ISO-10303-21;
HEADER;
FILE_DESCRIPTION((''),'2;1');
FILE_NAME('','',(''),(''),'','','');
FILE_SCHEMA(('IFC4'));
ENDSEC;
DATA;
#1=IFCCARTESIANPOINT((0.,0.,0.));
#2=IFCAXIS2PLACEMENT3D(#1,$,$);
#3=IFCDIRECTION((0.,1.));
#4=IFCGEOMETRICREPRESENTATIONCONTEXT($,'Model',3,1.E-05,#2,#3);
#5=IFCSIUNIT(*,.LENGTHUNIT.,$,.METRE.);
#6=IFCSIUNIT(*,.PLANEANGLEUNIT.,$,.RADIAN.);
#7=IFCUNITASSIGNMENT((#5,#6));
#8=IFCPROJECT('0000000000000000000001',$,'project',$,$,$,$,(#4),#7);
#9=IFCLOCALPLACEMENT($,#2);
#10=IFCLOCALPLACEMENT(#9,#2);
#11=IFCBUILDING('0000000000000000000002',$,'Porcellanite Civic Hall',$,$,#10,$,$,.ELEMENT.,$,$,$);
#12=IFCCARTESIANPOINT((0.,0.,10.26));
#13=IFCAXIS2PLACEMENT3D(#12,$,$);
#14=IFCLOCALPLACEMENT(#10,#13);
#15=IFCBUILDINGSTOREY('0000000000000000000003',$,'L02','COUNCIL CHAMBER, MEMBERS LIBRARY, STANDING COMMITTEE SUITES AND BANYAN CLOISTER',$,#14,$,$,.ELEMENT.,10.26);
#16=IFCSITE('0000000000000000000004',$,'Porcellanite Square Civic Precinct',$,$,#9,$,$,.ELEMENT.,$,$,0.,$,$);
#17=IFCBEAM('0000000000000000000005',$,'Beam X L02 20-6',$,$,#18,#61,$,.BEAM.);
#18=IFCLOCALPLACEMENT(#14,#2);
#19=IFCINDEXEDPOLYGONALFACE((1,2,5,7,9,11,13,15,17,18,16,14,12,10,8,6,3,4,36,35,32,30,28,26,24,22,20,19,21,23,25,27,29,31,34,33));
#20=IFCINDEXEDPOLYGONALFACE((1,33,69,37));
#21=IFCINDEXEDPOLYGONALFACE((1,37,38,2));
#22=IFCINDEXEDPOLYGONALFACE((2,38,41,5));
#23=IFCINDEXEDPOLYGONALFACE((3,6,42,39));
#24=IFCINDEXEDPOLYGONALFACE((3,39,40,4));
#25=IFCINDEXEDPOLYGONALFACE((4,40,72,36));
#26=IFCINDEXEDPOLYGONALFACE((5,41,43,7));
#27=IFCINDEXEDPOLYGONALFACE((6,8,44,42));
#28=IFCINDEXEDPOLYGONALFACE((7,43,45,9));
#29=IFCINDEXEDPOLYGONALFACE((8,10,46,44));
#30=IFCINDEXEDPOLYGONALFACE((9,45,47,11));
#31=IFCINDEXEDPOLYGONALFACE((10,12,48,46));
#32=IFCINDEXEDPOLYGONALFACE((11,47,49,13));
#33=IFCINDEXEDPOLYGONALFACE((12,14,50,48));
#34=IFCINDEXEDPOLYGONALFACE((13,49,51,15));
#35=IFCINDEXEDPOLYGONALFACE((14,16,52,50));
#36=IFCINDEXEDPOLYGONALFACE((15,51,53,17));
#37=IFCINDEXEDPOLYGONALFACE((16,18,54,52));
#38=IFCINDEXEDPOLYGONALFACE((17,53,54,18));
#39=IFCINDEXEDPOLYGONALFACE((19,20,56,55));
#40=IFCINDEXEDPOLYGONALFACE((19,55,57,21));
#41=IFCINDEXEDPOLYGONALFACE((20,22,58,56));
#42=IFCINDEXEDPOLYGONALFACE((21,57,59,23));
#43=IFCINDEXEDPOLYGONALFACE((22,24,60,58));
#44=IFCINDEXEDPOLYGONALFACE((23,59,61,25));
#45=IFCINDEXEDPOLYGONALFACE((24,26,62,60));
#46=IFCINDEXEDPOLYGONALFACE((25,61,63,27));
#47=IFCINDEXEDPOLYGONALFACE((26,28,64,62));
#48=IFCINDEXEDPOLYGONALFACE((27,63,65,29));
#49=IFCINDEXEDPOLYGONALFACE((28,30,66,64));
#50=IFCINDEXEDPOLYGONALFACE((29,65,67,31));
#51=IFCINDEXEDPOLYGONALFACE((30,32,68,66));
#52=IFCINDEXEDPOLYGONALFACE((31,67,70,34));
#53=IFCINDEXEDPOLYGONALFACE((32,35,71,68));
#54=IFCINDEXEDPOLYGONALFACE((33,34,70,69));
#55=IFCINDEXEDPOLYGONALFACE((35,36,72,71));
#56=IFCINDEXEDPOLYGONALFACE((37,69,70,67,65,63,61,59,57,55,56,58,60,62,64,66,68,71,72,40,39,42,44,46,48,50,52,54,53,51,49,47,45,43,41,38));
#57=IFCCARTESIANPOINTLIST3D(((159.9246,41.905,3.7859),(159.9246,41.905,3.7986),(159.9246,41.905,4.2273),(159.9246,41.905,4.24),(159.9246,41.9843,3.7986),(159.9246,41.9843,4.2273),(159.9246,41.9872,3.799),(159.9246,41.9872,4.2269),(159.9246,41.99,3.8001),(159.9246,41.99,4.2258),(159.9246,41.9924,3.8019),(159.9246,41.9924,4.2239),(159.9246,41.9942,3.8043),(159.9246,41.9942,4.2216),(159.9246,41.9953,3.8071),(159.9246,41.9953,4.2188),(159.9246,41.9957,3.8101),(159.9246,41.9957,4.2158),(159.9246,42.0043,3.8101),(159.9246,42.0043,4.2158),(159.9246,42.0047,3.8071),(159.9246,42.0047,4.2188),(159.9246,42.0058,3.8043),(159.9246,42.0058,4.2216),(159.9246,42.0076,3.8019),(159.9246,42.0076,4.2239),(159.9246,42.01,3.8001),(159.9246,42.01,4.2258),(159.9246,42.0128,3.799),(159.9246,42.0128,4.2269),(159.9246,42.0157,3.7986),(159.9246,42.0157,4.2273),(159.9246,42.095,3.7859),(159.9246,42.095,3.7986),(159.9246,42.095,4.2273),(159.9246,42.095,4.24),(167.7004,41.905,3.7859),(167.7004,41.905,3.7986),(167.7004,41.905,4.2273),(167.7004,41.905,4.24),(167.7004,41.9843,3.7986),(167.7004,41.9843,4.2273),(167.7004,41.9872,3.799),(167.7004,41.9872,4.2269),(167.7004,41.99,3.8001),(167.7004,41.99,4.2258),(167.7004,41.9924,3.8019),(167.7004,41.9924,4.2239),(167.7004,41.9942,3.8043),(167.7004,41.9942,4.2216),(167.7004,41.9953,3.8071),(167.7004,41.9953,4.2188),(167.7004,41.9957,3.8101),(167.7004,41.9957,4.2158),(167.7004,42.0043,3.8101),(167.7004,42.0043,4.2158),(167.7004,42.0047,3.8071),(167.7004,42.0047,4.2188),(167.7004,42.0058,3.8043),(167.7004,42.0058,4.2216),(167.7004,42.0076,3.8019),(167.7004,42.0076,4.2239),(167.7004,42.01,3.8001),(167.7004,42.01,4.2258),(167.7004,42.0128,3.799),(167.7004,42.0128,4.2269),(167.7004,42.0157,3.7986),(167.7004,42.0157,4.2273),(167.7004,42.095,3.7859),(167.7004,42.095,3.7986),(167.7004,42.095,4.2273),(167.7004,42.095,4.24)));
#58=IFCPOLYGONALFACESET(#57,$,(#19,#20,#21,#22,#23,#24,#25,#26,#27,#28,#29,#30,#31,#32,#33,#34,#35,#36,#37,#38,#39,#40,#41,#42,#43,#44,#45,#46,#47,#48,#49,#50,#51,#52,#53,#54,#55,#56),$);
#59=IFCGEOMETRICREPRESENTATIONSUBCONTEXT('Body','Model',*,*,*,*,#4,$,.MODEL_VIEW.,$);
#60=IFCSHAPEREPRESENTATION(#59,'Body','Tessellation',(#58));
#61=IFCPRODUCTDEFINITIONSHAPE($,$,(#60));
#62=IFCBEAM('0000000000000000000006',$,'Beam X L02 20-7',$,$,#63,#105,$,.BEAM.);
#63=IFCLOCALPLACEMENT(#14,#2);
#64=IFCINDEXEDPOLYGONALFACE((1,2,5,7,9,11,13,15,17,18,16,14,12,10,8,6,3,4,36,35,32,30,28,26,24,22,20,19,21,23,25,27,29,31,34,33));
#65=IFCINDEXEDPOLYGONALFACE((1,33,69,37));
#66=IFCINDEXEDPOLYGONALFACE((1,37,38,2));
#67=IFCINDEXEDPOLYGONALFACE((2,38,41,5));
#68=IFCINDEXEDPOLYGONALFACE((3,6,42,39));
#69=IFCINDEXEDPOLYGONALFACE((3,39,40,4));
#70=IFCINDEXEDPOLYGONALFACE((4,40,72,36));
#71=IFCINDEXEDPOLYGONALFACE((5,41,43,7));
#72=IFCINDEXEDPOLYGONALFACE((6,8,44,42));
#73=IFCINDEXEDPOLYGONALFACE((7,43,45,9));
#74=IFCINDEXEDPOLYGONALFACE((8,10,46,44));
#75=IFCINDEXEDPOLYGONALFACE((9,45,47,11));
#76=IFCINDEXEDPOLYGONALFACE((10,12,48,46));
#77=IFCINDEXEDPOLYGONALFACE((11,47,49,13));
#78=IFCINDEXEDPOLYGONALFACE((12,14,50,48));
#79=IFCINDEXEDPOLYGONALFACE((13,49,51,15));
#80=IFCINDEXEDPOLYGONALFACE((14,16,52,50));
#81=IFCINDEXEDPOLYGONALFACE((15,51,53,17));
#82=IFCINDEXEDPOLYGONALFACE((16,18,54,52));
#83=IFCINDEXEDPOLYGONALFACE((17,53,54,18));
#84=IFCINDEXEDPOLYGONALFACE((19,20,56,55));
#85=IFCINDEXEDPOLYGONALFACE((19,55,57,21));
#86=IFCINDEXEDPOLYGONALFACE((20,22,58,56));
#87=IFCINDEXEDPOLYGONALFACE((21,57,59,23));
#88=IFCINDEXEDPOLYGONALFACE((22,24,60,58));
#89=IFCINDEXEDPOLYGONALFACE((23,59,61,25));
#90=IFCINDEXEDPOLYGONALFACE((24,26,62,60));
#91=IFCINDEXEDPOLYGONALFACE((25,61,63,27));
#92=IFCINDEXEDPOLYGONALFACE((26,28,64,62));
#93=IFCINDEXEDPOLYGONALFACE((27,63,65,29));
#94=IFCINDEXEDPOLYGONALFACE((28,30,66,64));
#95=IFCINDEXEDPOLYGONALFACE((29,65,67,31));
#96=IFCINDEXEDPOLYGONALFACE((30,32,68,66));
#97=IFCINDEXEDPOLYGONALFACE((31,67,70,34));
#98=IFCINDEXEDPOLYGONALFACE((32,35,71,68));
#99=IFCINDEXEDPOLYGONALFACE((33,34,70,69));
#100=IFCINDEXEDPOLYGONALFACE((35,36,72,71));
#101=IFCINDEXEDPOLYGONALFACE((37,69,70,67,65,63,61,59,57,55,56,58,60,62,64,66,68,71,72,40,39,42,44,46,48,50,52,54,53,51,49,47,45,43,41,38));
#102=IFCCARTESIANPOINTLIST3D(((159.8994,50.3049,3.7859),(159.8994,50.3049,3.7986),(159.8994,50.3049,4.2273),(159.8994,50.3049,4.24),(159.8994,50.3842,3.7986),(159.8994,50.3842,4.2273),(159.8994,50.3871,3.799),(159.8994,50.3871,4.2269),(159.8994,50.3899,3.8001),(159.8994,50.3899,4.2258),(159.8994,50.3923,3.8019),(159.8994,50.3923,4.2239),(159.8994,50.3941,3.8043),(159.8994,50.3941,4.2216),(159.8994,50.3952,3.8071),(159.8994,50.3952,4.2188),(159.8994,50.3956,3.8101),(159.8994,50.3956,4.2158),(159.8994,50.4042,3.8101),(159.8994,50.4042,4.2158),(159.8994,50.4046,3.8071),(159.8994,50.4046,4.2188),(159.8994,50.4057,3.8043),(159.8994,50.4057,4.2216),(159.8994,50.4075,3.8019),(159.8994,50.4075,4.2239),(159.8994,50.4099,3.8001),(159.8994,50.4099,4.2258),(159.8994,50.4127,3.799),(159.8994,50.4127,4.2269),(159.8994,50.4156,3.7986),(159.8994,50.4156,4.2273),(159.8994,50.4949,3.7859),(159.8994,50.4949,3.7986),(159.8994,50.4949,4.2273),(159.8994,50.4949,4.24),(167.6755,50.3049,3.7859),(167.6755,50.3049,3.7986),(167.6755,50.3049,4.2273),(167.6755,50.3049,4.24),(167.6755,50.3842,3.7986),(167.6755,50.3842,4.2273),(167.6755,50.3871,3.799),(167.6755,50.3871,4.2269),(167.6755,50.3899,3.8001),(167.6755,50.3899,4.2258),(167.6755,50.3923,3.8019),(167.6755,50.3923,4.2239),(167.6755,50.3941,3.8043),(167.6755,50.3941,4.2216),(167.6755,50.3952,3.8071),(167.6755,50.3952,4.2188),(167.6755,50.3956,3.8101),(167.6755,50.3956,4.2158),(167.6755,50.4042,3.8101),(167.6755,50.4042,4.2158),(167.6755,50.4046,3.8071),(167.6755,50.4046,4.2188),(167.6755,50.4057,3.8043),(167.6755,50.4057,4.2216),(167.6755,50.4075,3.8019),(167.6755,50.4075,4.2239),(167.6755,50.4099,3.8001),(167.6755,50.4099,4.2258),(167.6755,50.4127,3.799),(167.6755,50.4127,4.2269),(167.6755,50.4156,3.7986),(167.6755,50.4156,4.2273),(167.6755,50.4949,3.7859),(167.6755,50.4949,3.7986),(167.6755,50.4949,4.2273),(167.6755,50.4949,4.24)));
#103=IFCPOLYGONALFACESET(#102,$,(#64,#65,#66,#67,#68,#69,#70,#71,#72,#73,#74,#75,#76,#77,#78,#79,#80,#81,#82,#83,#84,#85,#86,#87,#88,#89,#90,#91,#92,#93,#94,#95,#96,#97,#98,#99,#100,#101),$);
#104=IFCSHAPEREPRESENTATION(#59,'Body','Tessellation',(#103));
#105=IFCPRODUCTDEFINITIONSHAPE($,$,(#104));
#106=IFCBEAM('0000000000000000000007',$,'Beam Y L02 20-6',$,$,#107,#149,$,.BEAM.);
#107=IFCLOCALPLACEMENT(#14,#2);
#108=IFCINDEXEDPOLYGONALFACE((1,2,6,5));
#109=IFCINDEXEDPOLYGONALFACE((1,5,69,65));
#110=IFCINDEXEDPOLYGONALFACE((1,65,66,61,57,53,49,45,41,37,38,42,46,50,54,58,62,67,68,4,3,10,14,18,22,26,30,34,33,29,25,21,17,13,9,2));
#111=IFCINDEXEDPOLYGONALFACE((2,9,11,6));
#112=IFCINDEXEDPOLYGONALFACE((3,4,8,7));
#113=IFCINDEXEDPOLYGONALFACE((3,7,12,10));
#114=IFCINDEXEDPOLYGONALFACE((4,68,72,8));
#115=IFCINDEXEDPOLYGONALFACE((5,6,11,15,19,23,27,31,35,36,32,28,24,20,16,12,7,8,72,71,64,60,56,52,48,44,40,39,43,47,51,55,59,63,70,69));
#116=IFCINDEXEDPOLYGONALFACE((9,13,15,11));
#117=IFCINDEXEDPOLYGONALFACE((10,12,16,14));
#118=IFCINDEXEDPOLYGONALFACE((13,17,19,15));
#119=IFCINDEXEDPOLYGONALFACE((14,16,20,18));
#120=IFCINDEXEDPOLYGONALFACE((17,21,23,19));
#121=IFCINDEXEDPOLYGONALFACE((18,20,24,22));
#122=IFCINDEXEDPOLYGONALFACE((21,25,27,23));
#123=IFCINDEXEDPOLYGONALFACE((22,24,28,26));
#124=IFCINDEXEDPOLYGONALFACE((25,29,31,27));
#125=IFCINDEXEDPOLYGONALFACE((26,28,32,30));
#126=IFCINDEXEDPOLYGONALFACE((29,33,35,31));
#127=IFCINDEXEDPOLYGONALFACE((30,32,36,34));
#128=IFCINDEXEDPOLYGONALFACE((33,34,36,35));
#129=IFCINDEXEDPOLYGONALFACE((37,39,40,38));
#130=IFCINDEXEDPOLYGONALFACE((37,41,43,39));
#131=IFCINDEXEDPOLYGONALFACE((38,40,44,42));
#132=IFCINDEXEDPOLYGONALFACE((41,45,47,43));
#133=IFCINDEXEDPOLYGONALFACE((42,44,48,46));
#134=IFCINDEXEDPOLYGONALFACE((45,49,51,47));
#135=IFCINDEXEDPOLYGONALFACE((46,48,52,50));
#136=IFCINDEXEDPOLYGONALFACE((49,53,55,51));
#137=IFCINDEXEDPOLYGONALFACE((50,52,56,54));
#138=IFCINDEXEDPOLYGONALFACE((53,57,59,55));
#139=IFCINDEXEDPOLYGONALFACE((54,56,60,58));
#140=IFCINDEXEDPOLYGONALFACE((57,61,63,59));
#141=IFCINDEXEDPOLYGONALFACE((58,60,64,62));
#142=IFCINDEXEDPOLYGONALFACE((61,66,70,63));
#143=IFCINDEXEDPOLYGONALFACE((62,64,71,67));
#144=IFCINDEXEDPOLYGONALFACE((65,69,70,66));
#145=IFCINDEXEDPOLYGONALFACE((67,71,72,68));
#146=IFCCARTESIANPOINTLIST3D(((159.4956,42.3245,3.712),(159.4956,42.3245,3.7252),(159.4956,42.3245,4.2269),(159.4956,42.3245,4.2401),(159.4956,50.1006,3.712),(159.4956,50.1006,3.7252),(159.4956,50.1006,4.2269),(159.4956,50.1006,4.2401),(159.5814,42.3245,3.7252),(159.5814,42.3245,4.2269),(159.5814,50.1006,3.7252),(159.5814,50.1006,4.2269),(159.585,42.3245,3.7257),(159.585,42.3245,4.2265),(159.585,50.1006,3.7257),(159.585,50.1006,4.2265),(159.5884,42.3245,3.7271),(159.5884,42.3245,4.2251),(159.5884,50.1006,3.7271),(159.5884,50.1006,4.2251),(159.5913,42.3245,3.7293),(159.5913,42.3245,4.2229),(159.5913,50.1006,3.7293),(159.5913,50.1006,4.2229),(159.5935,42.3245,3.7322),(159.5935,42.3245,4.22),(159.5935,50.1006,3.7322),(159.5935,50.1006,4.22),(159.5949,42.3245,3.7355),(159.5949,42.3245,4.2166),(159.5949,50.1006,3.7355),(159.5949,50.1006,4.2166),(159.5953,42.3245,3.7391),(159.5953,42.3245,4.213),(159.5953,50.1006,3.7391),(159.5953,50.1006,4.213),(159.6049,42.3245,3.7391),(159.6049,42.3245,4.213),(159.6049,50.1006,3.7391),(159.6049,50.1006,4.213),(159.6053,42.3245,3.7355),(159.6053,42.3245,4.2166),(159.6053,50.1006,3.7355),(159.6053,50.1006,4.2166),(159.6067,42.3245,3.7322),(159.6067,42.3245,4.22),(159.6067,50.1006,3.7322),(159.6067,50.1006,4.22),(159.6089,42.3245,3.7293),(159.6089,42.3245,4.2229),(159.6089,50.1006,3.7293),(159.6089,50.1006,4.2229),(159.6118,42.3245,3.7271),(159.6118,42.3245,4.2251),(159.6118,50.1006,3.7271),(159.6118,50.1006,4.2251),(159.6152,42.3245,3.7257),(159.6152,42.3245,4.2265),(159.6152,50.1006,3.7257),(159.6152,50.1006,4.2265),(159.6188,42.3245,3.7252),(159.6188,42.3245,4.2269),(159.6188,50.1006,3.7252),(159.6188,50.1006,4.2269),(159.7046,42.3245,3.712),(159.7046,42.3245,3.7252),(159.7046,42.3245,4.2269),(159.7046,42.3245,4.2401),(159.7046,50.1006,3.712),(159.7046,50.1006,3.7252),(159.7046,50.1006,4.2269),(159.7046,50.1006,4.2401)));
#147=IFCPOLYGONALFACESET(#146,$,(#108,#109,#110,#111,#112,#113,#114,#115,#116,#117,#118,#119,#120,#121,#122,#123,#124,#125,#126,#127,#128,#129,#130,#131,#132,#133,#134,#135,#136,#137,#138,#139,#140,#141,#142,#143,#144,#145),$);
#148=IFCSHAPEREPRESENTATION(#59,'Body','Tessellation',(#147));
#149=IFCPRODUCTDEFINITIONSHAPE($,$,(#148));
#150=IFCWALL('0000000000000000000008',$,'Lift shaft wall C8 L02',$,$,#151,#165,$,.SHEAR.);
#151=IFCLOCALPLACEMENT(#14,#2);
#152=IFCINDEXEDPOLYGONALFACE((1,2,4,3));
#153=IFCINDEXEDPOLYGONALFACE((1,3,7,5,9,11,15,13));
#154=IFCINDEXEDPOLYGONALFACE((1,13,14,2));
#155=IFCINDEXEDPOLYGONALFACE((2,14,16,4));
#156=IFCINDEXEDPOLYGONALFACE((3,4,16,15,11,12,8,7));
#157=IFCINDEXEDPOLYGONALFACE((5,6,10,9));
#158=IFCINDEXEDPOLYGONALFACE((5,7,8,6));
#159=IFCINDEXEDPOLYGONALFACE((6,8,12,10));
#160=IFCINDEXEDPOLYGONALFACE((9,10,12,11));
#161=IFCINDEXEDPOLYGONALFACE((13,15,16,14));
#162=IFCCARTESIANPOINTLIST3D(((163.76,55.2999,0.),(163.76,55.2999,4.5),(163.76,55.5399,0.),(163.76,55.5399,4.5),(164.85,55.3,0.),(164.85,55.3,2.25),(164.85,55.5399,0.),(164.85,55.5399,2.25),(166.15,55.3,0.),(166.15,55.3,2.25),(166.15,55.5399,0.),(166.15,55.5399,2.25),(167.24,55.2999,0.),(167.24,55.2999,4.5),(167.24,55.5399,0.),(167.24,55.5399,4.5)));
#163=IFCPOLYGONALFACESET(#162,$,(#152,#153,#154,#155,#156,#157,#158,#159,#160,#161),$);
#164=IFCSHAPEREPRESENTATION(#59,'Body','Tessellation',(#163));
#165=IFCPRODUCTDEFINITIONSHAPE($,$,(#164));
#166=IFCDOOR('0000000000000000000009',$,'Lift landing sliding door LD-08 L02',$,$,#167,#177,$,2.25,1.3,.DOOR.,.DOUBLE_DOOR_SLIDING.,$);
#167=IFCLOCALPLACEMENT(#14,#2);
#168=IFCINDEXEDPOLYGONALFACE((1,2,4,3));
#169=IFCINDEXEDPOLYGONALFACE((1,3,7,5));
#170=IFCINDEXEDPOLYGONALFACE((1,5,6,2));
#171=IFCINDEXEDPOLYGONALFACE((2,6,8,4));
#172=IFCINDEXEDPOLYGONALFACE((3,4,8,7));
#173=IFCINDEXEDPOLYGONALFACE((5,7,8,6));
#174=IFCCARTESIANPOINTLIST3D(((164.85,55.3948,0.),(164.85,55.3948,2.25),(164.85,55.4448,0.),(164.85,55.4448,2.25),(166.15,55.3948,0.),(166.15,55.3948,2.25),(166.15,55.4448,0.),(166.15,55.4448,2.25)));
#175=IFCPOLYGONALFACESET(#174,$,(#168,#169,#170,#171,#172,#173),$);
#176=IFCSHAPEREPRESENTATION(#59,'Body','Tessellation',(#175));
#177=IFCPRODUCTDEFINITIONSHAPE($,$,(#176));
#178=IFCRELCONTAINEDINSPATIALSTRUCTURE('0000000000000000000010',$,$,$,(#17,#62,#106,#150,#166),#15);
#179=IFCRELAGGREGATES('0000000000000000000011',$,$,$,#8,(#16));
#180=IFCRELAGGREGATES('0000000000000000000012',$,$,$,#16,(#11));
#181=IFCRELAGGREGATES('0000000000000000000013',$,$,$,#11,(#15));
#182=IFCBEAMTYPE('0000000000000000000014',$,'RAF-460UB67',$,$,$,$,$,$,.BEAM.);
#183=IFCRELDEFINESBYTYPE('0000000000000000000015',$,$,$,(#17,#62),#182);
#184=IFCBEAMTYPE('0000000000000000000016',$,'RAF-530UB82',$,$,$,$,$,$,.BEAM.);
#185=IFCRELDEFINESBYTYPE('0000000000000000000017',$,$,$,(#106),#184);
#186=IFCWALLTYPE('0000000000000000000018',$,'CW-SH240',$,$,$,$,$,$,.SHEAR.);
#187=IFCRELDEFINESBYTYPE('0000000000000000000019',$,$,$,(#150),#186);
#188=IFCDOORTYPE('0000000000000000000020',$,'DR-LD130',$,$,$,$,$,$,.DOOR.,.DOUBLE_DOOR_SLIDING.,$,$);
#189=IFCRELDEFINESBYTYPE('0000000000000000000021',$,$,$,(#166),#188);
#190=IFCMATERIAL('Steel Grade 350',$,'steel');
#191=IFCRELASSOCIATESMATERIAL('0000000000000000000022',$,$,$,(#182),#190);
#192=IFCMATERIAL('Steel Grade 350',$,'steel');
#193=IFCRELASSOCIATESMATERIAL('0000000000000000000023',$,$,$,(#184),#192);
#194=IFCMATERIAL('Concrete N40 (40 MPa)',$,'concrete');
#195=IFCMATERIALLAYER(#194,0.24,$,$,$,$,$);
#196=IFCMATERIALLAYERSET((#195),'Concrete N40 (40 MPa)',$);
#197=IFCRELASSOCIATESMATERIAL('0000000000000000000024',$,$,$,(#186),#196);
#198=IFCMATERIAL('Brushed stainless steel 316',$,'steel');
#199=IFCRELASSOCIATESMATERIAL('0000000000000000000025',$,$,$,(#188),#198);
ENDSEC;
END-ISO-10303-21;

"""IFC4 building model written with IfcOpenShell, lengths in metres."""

from ifc_helpers import new_model, si_unit, direction, frame, frame_2d, origin, origin_2d, place, context, subcontext, project, spatial, rectangle, i_section, extrude, material, layer, layer_set, material_profile, profile_set, type_object, element, fill, save


model = new_model("IFC4")

# Units and contexts
model_context = context("Model", 3, precision=1e-05, world=origin(), true_north=direction((0.0, 1.0)))
body_context = subcontext(model_context, "Body", "Model", "MODEL_VIEW")
ifc_project = project(units=[si_unit("LENGTHUNIT", "METRE"), si_unit("PLANEANGLEUNIT", "RADIAN")], contexts=[model_context])

# Site, building, storey
site_placement = place(None, origin())
site = spatial("IfcSite", under=ifc_project, at=site_placement, Name="Porcellanite Square Civic Precinct", CompositionType="ELEMENT", RefElevation=0.0)
building_placement = place(site_placement, origin())
building = spatial("IfcBuilding", under=site, at=building_placement, Name="Porcellanite Civic Hall", CompositionType="ELEMENT")
storey_placement = place(building_placement, frame((0.0, 0.0, 10.26)))
storey = spatial("IfcBuildingStorey", under=building, at=storey_placement, Name="L02", Description="COUNCIL CHAMBER, MEMBERS LIBRARY, STANDING COMMITTEE SUITES AND BANYAN CLOISTER", CompositionType="ELEMENT", Elevation=10.26)

# Beams
ifc_material_1 = material(Name="Steel Grade 350", Category="steel")
ifc_material_profile_1 = material_profile(ifc_material_1, i_section(OverallWidth=0.1899, OverallDepth=0.4541, WebThickness=0.0085, FlangeThickness=0.0127, FilletRadius=0.0115, at=origin_2d()), Name="460UB67.1")
ifc_profile_set_1 = profile_set([ifc_material_profile_1], Name="Steel Grade 350")
beam_type_1 = type_object("IfcBeamType", Name="RAF-460UB67", PredefinedType="BEAM", material=ifc_profile_set_1)
beam_1_placement = place(storey_placement, frame((159.9246, 42.0, 4.0129), z_axis=(1.0, 0.0, 0.0), x_axis=(0.0, 1.0, 0.0)))
element("IfcBeam", 1, at=beam_1_placement, inside=storey, type_object=beam_type_1, Name="Beam X L02 20-6", PredefinedType="BEAM", context=body_context, shape_type="SweptSolid", body=[
    extrude(i_section(OverallWidth=0.1899, OverallDepth=0.4541, WebThickness=0.0085, FlangeThickness=0.0127, FilletRadius=0.0115, at=origin_2d()), origin(), (0.0, 0.0, 1.0), 7.7759),
])
beam_2_placement = place(storey_placement, frame((159.8994, 50.3999, 4.0129), z_axis=(1.0, 0.0, 0.0), x_axis=(0.0, 1.0, 0.0)))
element("IfcBeam", 2, at=beam_2_placement, inside=storey, type_object=beam_type_1, Name="Beam X L02 20-7", PredefinedType="BEAM", context=body_context, shape_type="SweptSolid", body=[
    extrude(i_section(OverallWidth=0.1899, OverallDepth=0.4541, WebThickness=0.0085, FlangeThickness=0.0127, FilletRadius=0.0115, at=origin_2d()), origin(), (0.0, 0.0, 1.0), 7.7761),
])
ifc_material_2 = material(Name="Steel Grade 350", Category="steel")
ifc_material_profile_2 = material_profile(ifc_material_2, i_section(OverallWidth=0.209, OverallDepth=0.5281, WebThickness=0.0095, FlangeThickness=0.0132, FilletRadius=0.0139, at=origin_2d()), Name="530UB82.0")
ifc_profile_set_2 = profile_set([ifc_material_profile_2], Name="Steel Grade 350")
beam_type_2 = type_object("IfcBeamType", Name="RAF-530UB82", PredefinedType="BEAM", material=ifc_profile_set_2)
beam_3_placement = place(storey_placement, frame((159.6001, 42.3245, 3.9761), z_axis=(0.0, 1.0, 0.0), x_axis=(-1.0, 0.0, 0.0)))
element("IfcBeam", 3, at=beam_3_placement, inside=storey, type_object=beam_type_2, Name="Beam Y L02 20-6", PredefinedType="BEAM", context=body_context, shape_type="SweptSolid", body=[
    extrude(i_section(OverallWidth=0.209, OverallDepth=0.5281, WebThickness=0.0095, FlangeThickness=0.0132, FilletRadius=0.0139, at=origin_2d()), origin(), (0.0, 0.0, 1.0), 7.7761),
])

# Wall, opening, door
ifc_material_3 = material(Name="Concrete N40 (40 MPa)", Category="concrete")
ifc_layer_1 = layer(ifc_material_3, 0.24)
ifc_layer_set_1 = layer_set([ifc_layer_1], Name="Concrete N40 (40 MPa)")
wall_type_1 = type_object("IfcWallType", Name="CW-SH240", PredefinedType="SHEAR", material=ifc_layer_set_1)
wall_1_placement = place(storey_placement, frame((163.76, 55.4199, 0.0), z_axis=(0.0, 0.0, 1.0), x_axis=(1.0, 0.0, 0.0)))
wall_1 = element("IfcWall", 4, at=wall_1_placement, inside=storey, type_object=wall_type_1, Name="Lift shaft wall C8 L02", PredefinedType="SHEAR", context=body_context, shape_type="SweptSolid", body=[
    extrude(rectangle(XDim=3.48, YDim=0.24, at=frame_2d((1.74, 0.0))), origin(), (0.0, 0.0, 1.0), 4.5),
])
opening_1_placement = place(wall_1_placement, frame((1.0901, 0.0, 0.0)))
opening_1 = element("IfcOpeningElement", 5, at=opening_1_placement, cuts=wall_1, PredefinedType="OPENING", context=body_context, shape_type="SweptSolid", body=[
    extrude(rectangle(XDim=1.3, YDim=2.25, at=frame_2d((0.6499, 1.125))), frame((0.0, 0.1201, 0.0), z_axis=(0.0, -1.0, 0.0), x_axis=(1.0, 0.0, 0.0)), (0.0, 0.0, 1.0), 0.24),
])
ifc_material_4 = material(Name="Brushed stainless steel 316", Category="steel")
door_type_1 = type_object("IfcDoorType", Name="DR-LD130", OperationType="DOUBLE_DOOR_SLIDING", PredefinedType="DOOR", material=ifc_material_4)
door_1_placement = place(opening_1_placement, origin())
door_1 = element("IfcDoor", 6, at=door_1_placement, inside=storey, type_object=door_type_1, Name="Lift landing sliding door LD-08 L02", OperationType="DOUBLE_DOOR_SLIDING", OverallHeight=2.25, OverallWidth=1.3, PredefinedType="DOOR", context=body_context, shape_type="SweptSolid", body=[
    extrude(rectangle(XDim=1.3, YDim=2.25, at=frame_2d((0.6499, 1.125))), frame((0.0, 0.0249, 0.0), z_axis=(0.0, -1.0, 0.0), x_axis=(1.0, 0.0, 0.0)), (0.0, 0.0, 1.0), 0.05),
])
fill(opening_1, door_1)

save(model, "model.ifc")
